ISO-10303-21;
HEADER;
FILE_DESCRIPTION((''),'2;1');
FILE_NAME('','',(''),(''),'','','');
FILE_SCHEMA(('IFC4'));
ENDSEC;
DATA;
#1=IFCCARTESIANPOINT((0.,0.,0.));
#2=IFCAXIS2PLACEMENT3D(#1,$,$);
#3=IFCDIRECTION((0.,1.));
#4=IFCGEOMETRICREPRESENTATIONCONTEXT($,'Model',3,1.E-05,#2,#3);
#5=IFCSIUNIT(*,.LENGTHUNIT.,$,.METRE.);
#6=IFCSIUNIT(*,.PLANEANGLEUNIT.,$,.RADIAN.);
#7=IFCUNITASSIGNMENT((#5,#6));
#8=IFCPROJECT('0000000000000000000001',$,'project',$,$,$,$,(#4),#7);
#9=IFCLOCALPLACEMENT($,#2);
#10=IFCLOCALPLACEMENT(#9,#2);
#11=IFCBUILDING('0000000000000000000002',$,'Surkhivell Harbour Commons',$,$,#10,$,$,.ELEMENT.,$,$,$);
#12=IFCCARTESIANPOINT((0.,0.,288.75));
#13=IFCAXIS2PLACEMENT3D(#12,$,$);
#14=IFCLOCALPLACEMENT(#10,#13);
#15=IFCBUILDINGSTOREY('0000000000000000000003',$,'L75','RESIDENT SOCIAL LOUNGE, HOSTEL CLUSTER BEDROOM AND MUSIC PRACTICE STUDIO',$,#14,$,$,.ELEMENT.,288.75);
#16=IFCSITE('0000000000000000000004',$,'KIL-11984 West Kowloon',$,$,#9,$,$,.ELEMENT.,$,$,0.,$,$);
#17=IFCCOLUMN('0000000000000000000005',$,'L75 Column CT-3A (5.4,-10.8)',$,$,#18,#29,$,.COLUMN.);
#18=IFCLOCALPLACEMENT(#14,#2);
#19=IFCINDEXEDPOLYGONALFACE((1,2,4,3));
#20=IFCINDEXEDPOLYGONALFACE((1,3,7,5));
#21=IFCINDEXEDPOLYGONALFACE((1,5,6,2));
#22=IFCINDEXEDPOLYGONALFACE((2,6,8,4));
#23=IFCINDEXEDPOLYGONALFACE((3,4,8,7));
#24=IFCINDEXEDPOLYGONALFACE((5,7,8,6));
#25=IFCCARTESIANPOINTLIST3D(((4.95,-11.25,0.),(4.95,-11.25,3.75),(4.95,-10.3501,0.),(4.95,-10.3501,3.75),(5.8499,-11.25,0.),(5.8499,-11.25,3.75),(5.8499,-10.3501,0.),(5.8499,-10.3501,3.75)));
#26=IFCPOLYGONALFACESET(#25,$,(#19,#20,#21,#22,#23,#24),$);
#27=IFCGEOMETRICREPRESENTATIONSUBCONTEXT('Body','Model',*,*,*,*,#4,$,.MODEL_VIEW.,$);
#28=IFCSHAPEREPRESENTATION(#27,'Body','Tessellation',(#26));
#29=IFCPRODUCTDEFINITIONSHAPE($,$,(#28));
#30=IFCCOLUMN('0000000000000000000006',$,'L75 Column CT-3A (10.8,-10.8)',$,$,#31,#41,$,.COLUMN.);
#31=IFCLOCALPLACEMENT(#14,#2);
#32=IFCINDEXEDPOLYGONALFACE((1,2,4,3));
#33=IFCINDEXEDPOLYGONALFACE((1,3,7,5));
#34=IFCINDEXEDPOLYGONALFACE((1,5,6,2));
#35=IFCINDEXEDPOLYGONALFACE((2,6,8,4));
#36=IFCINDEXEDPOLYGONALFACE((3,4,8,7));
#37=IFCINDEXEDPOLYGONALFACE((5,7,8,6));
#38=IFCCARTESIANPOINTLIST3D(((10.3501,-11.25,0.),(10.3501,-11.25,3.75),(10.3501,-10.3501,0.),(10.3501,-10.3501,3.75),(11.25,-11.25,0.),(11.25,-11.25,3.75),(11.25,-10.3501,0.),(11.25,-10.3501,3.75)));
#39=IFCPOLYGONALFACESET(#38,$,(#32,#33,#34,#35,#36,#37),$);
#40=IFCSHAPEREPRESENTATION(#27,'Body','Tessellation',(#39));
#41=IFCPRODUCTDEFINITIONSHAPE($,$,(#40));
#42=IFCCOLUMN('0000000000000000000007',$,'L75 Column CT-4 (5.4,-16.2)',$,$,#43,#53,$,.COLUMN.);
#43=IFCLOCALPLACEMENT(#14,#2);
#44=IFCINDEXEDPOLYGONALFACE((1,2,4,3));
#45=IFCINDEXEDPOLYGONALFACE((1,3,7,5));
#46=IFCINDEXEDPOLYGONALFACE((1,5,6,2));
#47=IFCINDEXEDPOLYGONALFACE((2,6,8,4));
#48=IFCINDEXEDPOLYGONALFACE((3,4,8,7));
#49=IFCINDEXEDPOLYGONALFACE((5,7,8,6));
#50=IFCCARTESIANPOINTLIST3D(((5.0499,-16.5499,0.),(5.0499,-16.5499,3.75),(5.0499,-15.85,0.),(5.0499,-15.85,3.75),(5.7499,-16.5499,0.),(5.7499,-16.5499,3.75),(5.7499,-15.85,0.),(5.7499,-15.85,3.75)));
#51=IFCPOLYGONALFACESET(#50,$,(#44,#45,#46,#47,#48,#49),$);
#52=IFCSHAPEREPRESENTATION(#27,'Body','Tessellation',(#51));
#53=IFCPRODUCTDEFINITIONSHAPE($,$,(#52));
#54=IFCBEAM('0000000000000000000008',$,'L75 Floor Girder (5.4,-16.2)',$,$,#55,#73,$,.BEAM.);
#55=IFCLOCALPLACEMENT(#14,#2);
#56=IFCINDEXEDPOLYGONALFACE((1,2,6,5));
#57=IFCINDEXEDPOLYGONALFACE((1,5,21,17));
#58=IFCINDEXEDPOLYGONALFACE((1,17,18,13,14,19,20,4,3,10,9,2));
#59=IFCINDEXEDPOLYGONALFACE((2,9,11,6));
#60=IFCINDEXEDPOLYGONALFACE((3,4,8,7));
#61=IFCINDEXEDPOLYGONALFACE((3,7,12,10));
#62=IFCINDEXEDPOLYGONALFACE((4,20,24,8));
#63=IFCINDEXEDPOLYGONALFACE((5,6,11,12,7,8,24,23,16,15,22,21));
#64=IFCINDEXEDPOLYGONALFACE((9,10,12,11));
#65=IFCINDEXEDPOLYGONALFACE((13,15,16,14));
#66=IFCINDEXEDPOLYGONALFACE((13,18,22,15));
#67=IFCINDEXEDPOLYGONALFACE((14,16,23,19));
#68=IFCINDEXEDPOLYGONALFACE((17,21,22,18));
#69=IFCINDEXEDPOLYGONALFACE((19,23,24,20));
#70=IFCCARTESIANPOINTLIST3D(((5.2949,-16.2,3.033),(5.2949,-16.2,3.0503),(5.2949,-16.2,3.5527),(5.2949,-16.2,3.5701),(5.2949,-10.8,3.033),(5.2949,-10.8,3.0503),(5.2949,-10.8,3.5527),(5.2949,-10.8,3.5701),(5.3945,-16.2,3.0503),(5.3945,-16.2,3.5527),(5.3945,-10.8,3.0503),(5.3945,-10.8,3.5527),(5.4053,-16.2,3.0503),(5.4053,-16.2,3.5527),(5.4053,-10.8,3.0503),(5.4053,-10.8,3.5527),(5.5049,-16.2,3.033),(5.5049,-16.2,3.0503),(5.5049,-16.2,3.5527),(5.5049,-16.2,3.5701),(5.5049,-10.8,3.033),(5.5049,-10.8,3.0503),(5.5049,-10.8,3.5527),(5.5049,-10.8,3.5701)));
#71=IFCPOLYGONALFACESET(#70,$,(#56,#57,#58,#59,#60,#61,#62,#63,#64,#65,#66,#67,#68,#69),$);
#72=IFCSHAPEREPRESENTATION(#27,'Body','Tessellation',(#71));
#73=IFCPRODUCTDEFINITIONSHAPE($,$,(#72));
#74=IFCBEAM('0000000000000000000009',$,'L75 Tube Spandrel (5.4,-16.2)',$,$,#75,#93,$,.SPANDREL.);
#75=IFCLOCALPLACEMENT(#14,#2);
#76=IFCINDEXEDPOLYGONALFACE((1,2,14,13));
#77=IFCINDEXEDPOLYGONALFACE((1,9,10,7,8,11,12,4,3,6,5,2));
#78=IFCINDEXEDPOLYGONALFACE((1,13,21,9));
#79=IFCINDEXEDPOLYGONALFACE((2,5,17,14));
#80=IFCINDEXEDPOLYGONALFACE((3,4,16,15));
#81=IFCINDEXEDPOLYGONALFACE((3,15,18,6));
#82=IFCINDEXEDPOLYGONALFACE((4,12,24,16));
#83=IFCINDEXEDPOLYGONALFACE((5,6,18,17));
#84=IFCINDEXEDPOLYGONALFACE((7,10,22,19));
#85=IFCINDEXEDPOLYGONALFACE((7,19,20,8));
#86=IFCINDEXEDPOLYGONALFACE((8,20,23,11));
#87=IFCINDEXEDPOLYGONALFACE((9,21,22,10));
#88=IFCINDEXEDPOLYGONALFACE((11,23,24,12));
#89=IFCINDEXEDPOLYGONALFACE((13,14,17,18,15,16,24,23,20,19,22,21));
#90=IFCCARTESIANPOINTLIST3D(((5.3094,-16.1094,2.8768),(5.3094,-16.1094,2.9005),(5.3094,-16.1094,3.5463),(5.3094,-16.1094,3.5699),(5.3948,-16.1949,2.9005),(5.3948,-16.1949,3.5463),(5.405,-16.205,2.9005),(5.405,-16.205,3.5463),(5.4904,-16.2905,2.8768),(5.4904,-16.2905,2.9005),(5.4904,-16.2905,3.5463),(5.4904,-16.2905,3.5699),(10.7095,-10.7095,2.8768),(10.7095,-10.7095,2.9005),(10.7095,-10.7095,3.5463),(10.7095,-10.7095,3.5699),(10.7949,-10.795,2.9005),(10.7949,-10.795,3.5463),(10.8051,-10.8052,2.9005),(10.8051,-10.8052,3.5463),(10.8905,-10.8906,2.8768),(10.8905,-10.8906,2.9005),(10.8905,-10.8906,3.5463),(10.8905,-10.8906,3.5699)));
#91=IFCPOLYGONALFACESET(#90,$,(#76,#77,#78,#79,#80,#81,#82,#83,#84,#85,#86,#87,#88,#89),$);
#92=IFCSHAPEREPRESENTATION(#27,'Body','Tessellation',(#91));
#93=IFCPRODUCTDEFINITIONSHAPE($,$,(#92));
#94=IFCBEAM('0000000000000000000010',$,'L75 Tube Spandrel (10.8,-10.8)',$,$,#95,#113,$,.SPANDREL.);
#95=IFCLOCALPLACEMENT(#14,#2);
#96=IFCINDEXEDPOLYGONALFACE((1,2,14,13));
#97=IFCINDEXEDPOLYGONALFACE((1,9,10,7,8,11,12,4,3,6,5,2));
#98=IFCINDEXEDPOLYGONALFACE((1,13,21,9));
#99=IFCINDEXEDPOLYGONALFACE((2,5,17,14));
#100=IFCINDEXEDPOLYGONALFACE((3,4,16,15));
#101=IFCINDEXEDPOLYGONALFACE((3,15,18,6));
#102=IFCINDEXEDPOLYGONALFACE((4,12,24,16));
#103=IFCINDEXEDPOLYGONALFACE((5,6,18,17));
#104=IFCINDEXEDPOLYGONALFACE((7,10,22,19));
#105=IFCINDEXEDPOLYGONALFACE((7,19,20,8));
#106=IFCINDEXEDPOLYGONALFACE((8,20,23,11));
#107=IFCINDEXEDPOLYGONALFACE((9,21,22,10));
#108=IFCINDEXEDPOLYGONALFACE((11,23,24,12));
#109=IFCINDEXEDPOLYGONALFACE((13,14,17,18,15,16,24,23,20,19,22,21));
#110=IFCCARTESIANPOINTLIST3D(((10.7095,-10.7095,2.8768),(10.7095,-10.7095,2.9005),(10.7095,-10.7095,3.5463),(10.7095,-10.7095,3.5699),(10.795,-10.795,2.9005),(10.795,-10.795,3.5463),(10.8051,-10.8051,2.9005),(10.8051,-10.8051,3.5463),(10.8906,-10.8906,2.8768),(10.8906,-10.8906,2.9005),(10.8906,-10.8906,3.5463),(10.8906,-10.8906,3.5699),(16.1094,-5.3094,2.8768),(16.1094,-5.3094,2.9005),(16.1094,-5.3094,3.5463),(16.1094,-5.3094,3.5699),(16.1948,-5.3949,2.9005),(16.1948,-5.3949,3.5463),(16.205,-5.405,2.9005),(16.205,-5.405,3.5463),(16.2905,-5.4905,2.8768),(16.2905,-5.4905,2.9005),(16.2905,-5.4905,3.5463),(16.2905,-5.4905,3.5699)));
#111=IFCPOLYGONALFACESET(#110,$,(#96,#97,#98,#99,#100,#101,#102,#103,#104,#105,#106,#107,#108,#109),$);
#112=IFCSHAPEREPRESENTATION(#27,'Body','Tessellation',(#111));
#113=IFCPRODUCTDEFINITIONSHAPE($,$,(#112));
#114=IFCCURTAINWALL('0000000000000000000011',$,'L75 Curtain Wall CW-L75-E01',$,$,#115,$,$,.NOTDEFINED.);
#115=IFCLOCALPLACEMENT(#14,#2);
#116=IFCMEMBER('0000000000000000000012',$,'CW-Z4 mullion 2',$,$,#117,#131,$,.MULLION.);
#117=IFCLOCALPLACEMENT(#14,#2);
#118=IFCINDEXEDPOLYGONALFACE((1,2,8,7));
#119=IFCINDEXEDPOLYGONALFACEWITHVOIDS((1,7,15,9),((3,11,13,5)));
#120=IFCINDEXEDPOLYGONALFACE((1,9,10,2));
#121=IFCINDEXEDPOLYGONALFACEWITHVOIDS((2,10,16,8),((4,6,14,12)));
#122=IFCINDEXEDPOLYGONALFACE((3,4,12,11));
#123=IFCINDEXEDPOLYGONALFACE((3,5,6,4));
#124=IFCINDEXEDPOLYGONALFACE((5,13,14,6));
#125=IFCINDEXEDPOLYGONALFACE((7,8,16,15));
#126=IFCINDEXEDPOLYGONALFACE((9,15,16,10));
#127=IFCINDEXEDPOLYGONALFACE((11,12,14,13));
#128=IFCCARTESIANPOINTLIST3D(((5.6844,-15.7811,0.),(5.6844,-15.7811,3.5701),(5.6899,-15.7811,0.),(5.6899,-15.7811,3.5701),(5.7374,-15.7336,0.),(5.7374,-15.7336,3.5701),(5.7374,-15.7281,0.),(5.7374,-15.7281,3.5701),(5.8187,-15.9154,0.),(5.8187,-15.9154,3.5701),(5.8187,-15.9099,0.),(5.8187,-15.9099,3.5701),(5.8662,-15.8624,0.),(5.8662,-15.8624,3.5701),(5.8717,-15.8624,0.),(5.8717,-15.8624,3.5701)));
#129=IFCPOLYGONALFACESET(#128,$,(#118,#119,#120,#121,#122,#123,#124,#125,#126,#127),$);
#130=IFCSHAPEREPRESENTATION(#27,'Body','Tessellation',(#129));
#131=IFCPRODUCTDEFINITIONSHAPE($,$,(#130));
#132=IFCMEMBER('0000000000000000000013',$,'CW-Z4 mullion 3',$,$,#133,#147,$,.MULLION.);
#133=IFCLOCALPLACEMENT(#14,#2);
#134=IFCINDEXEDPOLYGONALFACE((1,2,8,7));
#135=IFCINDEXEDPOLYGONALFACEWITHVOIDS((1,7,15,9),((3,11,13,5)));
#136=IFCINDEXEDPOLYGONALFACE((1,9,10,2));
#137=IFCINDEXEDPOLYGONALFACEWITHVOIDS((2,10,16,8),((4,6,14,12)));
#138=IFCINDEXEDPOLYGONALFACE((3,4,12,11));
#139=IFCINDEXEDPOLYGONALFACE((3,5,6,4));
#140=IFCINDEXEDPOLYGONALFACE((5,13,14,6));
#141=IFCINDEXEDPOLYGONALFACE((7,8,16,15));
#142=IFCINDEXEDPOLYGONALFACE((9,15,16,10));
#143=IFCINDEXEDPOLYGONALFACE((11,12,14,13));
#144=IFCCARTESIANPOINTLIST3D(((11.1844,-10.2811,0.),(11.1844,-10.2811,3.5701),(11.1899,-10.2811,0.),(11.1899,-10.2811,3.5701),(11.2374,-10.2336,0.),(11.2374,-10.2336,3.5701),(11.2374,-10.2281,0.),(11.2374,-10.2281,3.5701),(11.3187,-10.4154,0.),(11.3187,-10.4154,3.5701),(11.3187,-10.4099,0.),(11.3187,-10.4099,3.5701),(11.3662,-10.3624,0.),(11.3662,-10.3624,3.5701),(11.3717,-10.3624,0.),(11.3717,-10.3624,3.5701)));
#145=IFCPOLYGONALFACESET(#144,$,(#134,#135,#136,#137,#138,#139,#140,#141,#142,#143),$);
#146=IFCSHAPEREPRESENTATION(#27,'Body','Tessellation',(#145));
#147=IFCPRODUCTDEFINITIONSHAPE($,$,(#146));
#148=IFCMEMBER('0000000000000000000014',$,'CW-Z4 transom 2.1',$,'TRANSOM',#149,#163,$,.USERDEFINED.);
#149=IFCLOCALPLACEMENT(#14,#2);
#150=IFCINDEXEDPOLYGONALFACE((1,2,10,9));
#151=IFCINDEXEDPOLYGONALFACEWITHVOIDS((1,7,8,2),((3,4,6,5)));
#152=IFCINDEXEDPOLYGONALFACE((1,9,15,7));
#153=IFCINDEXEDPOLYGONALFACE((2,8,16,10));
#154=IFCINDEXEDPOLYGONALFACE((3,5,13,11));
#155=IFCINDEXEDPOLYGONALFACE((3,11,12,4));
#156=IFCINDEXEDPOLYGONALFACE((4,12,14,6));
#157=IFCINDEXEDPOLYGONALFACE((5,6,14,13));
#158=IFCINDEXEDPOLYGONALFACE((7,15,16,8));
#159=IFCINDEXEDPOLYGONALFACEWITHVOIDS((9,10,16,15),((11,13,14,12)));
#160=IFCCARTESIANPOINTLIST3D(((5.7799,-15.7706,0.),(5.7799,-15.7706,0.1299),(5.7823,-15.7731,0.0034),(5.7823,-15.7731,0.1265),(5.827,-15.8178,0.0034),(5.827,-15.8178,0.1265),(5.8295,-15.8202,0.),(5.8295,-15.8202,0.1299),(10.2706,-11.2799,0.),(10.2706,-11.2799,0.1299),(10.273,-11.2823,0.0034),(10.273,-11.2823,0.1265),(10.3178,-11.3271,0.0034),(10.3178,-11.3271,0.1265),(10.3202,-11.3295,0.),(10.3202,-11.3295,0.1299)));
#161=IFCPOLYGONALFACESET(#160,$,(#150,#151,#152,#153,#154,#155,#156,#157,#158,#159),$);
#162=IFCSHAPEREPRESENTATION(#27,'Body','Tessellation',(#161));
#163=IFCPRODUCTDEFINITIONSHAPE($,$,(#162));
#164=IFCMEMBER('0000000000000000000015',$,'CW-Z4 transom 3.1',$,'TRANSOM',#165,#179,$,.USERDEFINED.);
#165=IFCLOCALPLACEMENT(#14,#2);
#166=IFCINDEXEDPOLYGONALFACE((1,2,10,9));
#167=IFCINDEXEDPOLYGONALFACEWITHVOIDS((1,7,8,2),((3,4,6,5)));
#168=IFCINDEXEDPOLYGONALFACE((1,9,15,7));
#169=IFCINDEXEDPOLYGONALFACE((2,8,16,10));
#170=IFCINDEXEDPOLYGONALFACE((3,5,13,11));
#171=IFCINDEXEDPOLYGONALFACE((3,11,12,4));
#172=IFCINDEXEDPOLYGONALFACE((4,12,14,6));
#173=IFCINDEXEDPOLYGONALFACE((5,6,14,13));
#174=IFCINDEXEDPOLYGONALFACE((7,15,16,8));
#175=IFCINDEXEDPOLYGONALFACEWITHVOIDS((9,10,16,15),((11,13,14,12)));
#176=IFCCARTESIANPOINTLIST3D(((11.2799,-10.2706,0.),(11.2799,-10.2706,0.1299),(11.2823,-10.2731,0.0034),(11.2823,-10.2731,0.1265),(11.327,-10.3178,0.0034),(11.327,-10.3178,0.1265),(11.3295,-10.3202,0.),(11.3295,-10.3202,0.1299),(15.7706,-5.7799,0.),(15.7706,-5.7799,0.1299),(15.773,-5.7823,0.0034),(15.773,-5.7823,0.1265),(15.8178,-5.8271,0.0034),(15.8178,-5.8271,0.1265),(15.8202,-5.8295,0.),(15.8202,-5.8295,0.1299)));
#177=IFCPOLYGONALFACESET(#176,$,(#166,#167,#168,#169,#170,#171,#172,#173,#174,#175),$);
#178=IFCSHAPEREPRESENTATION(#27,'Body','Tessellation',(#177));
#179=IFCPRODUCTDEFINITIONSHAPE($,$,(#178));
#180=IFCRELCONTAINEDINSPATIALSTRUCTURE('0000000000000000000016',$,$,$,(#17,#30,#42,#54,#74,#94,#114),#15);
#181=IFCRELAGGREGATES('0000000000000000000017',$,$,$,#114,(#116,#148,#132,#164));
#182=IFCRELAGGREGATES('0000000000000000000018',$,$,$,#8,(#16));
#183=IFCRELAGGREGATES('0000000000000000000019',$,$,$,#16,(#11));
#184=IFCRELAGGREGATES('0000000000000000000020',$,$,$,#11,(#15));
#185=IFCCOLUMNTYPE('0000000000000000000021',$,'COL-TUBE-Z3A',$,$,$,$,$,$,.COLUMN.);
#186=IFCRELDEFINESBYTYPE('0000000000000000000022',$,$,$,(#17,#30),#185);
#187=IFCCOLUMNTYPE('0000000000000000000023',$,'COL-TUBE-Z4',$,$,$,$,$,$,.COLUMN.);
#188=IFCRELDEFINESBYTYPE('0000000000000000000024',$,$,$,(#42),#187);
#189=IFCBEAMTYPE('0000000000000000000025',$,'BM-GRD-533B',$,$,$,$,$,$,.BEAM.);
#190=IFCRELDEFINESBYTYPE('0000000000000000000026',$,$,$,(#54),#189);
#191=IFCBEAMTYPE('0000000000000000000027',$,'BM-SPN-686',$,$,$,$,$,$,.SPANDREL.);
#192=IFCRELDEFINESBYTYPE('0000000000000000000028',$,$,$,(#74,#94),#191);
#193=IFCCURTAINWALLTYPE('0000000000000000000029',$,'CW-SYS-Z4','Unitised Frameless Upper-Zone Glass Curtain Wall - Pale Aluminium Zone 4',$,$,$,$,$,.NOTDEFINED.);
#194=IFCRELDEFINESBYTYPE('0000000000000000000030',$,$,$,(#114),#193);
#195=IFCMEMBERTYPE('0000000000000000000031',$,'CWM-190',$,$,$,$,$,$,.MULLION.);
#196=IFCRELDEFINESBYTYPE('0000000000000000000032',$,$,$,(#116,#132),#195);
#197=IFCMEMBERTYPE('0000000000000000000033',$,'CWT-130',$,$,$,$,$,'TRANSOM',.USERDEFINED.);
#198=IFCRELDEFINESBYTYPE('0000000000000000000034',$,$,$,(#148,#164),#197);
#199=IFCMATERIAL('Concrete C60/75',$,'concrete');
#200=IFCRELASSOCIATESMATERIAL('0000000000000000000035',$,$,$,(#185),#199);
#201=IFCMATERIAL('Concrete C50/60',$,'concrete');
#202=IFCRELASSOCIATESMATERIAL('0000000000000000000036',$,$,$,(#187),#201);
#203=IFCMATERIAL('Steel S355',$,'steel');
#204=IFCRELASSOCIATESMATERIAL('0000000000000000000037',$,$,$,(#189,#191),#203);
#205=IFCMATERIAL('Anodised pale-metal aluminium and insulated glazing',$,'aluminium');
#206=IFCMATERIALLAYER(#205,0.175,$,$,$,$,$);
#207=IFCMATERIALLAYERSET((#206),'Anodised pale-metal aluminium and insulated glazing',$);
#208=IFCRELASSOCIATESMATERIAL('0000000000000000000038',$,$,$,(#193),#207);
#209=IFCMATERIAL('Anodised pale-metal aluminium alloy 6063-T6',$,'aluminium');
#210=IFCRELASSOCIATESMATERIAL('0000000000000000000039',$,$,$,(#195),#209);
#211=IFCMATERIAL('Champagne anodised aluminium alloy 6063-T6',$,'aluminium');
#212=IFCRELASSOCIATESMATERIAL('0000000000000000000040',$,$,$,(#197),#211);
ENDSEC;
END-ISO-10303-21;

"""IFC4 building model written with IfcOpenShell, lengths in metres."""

from ifc_helpers import new_model, si_unit, direction, frame, origin, origin_2d, place, context, subcontext, project, spatial, rectangle, hollow_rectangle, i_section, extrude, material, layer, layer_set, material_profile, profile_set, type_object, element, aggregate, save


model = new_model("IFC4")

# Units and contexts
model_context = context("Model", 3, precision=1e-05, world=origin(), true_north=direction((0.0, 1.0)))
body_context = subcontext(model_context, "Body", "Model", "MODEL_VIEW")
ifc_project = project(units=[si_unit("LENGTHUNIT", "METRE"), si_unit("PLANEANGLEUNIT", "RADIAN")], contexts=[model_context])

# Site, building, storey
site_placement = place(None, origin())
site = spatial("IfcSite", under=ifc_project, at=site_placement, Name="KIL-11984 West Kowloon", CompositionType="ELEMENT", RefElevation=0.0)
building_placement = place(site_placement, origin())
building = spatial("IfcBuilding", under=site, at=building_placement, Name="Surkhivell Harbour Commons", CompositionType="ELEMENT")
storey_placement = place(building_placement, frame((0.0, 0.0, 288.75)))
storey = spatial("IfcBuildingStorey", under=building, at=storey_placement, Name="L75", Description="RESIDENT SOCIAL LOUNGE, HOSTEL CLUSTER BEDROOM AND MUSIC PRACTICE STUDIO", CompositionType="ELEMENT", Elevation=288.75)

# Columns
ifc_material_1 = material(Name="Concrete C60/75", Category="concrete")
ifc_material_profile_1 = material_profile(ifc_material_1, rectangle(XDim=0.8999, YDim=0.8999, at=origin_2d()), Name="RC-COL-900x900")
ifc_profile_set_1 = profile_set([ifc_material_profile_1], Name="Concrete C60/75")
column_type_1 = type_object("IfcColumnType", Name="COL-TUBE-Z3A", PredefinedType="COLUMN", material=ifc_profile_set_1)
for number, where, z_axis, x_axis, name in (
    (1, (5.3999, -10.8, 0.0), (0.0, 0.0, 1.0), (1.0, 0.0, 0.0), "L75 Column CT-3A (5.4,-10.8)"),
    (2, (10.8, -10.8, 0.0), (0.0, 0.0, 1.0), (1.0, 0.0, 0.0), "L75 Column CT-3A (10.8,-10.8)"),
):
    element("IfcColumn", number, at=place(storey_placement, frame(where, z_axis=z_axis, x_axis=x_axis)), inside=storey, type_object=column_type_1, Name=name, PredefinedType="COLUMN", context=body_context, shape_type="SweptSolid", body=[
        extrude(rectangle(XDim=0.8999, YDim=0.8999, at=origin_2d()), origin(), (0.0, 0.0, 1.0), 3.75),
    ])
ifc_material_2 = material(Name="Concrete C50/60", Category="concrete")
ifc_material_profile_2 = material_profile(ifc_material_2, rectangle(XDim=0.7, YDim=0.7, at=origin_2d()), Name="RC-COL-700x700")
ifc_profile_set_2 = profile_set([ifc_material_profile_2], Name="Concrete C50/60")
column_type_2 = type_object("IfcColumnType", Name="COL-TUBE-Z4", PredefinedType="COLUMN", material=ifc_profile_set_2)
column_placement = place(storey_placement, frame((5.3999, -16.2, 0.0), z_axis=(0.0, 0.0, 1.0), x_axis=(1.0, 0.0, 0.0)))
element("IfcColumn", 3, at=column_placement, inside=storey, type_object=column_type_2, Name="L75 Column CT-4 (5.4,-16.2)", PredefinedType="COLUMN", context=body_context, shape_type="SweptSolid", body=[
    extrude(rectangle(XDim=0.7, YDim=0.7, at=origin_2d()), origin(), (0.0, 0.0, 1.0), 3.75),
])

# Beams
ifc_material_3 = material(Name="Steel S355", Category="steel")
ifc_material_profile_3 = material_profile(ifc_material_3, i_section(OverallWidth=0.21, OverallDepth=0.5371, WebThickness=0.0107, FlangeThickness=0.0173, at=origin_2d()), Name="UB533x210x101")
ifc_profile_set_3 = profile_set([ifc_material_profile_3], Name="Steel S355")
beam_type_1 = type_object("IfcBeamType", Name="BM-GRD-533B", PredefinedType="BEAM", material=ifc_profile_set_3)
beam_placement = place(storey_placement, frame((5.3999, -16.2, 3.3015), z_axis=(0.0, 1.0, 0.0), x_axis=(-1.0, 0.0, 0.0)))
element("IfcBeam", 4, at=beam_placement, inside=storey, type_object=beam_type_1, Name="L75 Floor Girder (5.4,-16.2)", PredefinedType="BEAM", context=body_context, shape_type="SweptSolid", body=[
    extrude(i_section(OverallWidth=0.21, OverallDepth=0.5371, WebThickness=0.0107, FlangeThickness=0.0173, at=origin_2d()), origin(), (0.0, 0.0, 1.0), 5.3999),
])
ifc_material_profile_4 = material_profile(ifc_material_3, i_section(OverallWidth=0.2561, OverallDepth=0.6931, WebThickness=0.0144, FlangeThickness=0.0237, at=origin_2d()), Name="UB686x254x170")
ifc_profile_set_4 = profile_set([ifc_material_profile_4], Name="Steel S355")
beam_type_2 = type_object("IfcBeamType", Name="BM-SPN-686", PredefinedType="SPANDREL", material=ifc_profile_set_4)
for number, where, z_axis, x_axis, name in (
    (5, (5.3999, -16.2, 3.2234), (0.707123, 0.707091, 0.0), (-0.707091, 0.707123, 0.0), "L75 Tube Spandrel (5.4,-16.2)"),
    (6, (10.8, -10.8, 3.2234), (0.707091, 0.707123, 0.0), (-0.707123, 0.707091, 0.0), "L75 Tube Spandrel (10.8,-10.8)"),
):
    element("IfcBeam", number, at=place(storey_placement, frame(where, z_axis=z_axis, x_axis=x_axis)), inside=storey, type_object=beam_type_2, Name=name, PredefinedType="SPANDREL", context=body_context, shape_type="SweptSolid", body=[
        extrude(i_section(OverallWidth=0.2561, OverallDepth=0.6931, WebThickness=0.0144, FlangeThickness=0.0237, at=origin_2d()), origin(), (0.0, 0.0, 1.0), 7.6367),
    ])

# Curtain wall, members
ifc_material_4 = material(Name="Anodised pale-metal aluminium and insulated glazing", Category="aluminium")
ifc_layer_1 = layer(ifc_material_4, 0.175)
ifc_layer_set_1 = layer_set([ifc_layer_1], Name="Anodised pale-metal aluminium and insulated glazing")
curtain_wall_type = type_object("IfcCurtainWallType", Name="CW-SYS-Z4", Description="Unitised Frameless Upper-Zone Glass Curtain Wall - Pale Aluminium Zone 4", PredefinedType="NOTDEFINED", material=ifc_layer_set_1)
curtain_wall_placement = place(storey_placement, origin())
curtain_wall = element("IfcCurtainWall", 7, at=curtain_wall_placement, inside=storey, type_object=curtain_wall_type, Name="L75 Curtain Wall CW-L75-E01", PredefinedType="NOTDEFINED")
ifc_material_5 = material(Name="Anodised pale-metal aluminium alloy 6063-T6", Category="aluminium")
ifc_material_profile_5 = material_profile(ifc_material_5, hollow_rectangle(XDim=0.075, YDim=0.1899, WallThickness=0.0039, at=origin_2d()), Name="ALU-MULL-75x190")
ifc_profile_set_5 = profile_set([ifc_material_profile_5], Name="Anodised pale-metal aluminium alloy 6063-T6")
member_type_1 = type_object("IfcMemberType", Name="CWM-190", PredefinedType="MULLION", material=ifc_profile_set_5)
member_1_placement = place(storey_placement, frame((5.7781, -15.8218, 0.0), z_axis=(0.0, 0.0, 1.0), x_axis=(0.707107, 0.707107, 0.0)))
member_1 = element("IfcMember", 8, at=member_1_placement, type_object=member_type_1, Name="CW-Z4 mullion 2", PredefinedType="MULLION", context=body_context, shape_type="SweptSolid", body=[
    extrude(hollow_rectangle(XDim=0.075, YDim=0.1899, WallThickness=0.0039, at=origin_2d()), origin(), (0.0, 0.0, 1.0), 3.5701),
])
member_2_placement = place(storey_placement, frame((11.2781, -10.3218, 0.0), z_axis=(0.0, 0.0, 1.0), x_axis=(0.707107, 0.707107, 0.0)))
member_2 = element("IfcMember", 9, at=member_2_placement, type_object=member_type_1, Name="CW-Z4 mullion 3", PredefinedType="MULLION", context=body_context, shape_type="SweptSolid", body=[
    extrude(hollow_rectangle(XDim=0.075, YDim=0.1899, WallThickness=0.0039, at=origin_2d()), origin(), (0.0, 0.0, 1.0), 3.5701),
])
ifc_material_6 = material(Name="Champagne anodised aluminium alloy 6063-T6", Category="aluminium")
ifc_material_profile_6 = material_profile(ifc_material_6, hollow_rectangle(XDim=0.0701, YDim=0.1299, WallThickness=0.0034, at=origin_2d()), Name="ALU-TRAN-70x130")
ifc_profile_set_6 = profile_set([ifc_material_profile_6], Name="Champagne anodised aluminium alloy 6063-T6")
member_type_2 = type_object("IfcMemberType", Name="CWT-130", ElementType="TRANSOM", PredefinedType="USERDEFINED", material=ifc_profile_set_6)
member_3_placement = place(storey_placement, frame((5.8047, -15.7954, 0.0649), z_axis=(0.707107, 0.707107, 0.0), x_axis=(-0.707107, 0.707107, 0.0)))
member_3 = element("IfcMember", 10, at=member_3_placement, type_object=member_type_2, Name="CW-Z4 transom 2.1", ObjectType="TRANSOM", PredefinedType="USERDEFINED", context=body_context, shape_type="SweptSolid", body=[
    extrude(hollow_rectangle(XDim=0.0701, YDim=0.1299, WallThickness=0.0034, at=origin_2d()), origin(), (0.0, 0.0, 1.0), 6.3508),
])
member_4_placement = place(storey_placement, frame((11.3047, -10.2954, 0.0649), z_axis=(0.707107, 0.707107, 0.0), x_axis=(-0.707107, 0.707107, 0.0)))
member_4 = element("IfcMember", 11, at=member_4_placement, type_object=member_type_2, Name="CW-Z4 transom 3.1", ObjectType="TRANSOM", PredefinedType="USERDEFINED", context=body_context, shape_type="SweptSolid", body=[
    extrude(hollow_rectangle(XDim=0.0701, YDim=0.1299, WallThickness=0.0034, at=origin_2d()), origin(), (0.0, 0.0, 1.0), 6.3508),
])
aggregate(curtain_wall, [member_1, member_3, member_2, member_4])

save(model, "model.ifc")
